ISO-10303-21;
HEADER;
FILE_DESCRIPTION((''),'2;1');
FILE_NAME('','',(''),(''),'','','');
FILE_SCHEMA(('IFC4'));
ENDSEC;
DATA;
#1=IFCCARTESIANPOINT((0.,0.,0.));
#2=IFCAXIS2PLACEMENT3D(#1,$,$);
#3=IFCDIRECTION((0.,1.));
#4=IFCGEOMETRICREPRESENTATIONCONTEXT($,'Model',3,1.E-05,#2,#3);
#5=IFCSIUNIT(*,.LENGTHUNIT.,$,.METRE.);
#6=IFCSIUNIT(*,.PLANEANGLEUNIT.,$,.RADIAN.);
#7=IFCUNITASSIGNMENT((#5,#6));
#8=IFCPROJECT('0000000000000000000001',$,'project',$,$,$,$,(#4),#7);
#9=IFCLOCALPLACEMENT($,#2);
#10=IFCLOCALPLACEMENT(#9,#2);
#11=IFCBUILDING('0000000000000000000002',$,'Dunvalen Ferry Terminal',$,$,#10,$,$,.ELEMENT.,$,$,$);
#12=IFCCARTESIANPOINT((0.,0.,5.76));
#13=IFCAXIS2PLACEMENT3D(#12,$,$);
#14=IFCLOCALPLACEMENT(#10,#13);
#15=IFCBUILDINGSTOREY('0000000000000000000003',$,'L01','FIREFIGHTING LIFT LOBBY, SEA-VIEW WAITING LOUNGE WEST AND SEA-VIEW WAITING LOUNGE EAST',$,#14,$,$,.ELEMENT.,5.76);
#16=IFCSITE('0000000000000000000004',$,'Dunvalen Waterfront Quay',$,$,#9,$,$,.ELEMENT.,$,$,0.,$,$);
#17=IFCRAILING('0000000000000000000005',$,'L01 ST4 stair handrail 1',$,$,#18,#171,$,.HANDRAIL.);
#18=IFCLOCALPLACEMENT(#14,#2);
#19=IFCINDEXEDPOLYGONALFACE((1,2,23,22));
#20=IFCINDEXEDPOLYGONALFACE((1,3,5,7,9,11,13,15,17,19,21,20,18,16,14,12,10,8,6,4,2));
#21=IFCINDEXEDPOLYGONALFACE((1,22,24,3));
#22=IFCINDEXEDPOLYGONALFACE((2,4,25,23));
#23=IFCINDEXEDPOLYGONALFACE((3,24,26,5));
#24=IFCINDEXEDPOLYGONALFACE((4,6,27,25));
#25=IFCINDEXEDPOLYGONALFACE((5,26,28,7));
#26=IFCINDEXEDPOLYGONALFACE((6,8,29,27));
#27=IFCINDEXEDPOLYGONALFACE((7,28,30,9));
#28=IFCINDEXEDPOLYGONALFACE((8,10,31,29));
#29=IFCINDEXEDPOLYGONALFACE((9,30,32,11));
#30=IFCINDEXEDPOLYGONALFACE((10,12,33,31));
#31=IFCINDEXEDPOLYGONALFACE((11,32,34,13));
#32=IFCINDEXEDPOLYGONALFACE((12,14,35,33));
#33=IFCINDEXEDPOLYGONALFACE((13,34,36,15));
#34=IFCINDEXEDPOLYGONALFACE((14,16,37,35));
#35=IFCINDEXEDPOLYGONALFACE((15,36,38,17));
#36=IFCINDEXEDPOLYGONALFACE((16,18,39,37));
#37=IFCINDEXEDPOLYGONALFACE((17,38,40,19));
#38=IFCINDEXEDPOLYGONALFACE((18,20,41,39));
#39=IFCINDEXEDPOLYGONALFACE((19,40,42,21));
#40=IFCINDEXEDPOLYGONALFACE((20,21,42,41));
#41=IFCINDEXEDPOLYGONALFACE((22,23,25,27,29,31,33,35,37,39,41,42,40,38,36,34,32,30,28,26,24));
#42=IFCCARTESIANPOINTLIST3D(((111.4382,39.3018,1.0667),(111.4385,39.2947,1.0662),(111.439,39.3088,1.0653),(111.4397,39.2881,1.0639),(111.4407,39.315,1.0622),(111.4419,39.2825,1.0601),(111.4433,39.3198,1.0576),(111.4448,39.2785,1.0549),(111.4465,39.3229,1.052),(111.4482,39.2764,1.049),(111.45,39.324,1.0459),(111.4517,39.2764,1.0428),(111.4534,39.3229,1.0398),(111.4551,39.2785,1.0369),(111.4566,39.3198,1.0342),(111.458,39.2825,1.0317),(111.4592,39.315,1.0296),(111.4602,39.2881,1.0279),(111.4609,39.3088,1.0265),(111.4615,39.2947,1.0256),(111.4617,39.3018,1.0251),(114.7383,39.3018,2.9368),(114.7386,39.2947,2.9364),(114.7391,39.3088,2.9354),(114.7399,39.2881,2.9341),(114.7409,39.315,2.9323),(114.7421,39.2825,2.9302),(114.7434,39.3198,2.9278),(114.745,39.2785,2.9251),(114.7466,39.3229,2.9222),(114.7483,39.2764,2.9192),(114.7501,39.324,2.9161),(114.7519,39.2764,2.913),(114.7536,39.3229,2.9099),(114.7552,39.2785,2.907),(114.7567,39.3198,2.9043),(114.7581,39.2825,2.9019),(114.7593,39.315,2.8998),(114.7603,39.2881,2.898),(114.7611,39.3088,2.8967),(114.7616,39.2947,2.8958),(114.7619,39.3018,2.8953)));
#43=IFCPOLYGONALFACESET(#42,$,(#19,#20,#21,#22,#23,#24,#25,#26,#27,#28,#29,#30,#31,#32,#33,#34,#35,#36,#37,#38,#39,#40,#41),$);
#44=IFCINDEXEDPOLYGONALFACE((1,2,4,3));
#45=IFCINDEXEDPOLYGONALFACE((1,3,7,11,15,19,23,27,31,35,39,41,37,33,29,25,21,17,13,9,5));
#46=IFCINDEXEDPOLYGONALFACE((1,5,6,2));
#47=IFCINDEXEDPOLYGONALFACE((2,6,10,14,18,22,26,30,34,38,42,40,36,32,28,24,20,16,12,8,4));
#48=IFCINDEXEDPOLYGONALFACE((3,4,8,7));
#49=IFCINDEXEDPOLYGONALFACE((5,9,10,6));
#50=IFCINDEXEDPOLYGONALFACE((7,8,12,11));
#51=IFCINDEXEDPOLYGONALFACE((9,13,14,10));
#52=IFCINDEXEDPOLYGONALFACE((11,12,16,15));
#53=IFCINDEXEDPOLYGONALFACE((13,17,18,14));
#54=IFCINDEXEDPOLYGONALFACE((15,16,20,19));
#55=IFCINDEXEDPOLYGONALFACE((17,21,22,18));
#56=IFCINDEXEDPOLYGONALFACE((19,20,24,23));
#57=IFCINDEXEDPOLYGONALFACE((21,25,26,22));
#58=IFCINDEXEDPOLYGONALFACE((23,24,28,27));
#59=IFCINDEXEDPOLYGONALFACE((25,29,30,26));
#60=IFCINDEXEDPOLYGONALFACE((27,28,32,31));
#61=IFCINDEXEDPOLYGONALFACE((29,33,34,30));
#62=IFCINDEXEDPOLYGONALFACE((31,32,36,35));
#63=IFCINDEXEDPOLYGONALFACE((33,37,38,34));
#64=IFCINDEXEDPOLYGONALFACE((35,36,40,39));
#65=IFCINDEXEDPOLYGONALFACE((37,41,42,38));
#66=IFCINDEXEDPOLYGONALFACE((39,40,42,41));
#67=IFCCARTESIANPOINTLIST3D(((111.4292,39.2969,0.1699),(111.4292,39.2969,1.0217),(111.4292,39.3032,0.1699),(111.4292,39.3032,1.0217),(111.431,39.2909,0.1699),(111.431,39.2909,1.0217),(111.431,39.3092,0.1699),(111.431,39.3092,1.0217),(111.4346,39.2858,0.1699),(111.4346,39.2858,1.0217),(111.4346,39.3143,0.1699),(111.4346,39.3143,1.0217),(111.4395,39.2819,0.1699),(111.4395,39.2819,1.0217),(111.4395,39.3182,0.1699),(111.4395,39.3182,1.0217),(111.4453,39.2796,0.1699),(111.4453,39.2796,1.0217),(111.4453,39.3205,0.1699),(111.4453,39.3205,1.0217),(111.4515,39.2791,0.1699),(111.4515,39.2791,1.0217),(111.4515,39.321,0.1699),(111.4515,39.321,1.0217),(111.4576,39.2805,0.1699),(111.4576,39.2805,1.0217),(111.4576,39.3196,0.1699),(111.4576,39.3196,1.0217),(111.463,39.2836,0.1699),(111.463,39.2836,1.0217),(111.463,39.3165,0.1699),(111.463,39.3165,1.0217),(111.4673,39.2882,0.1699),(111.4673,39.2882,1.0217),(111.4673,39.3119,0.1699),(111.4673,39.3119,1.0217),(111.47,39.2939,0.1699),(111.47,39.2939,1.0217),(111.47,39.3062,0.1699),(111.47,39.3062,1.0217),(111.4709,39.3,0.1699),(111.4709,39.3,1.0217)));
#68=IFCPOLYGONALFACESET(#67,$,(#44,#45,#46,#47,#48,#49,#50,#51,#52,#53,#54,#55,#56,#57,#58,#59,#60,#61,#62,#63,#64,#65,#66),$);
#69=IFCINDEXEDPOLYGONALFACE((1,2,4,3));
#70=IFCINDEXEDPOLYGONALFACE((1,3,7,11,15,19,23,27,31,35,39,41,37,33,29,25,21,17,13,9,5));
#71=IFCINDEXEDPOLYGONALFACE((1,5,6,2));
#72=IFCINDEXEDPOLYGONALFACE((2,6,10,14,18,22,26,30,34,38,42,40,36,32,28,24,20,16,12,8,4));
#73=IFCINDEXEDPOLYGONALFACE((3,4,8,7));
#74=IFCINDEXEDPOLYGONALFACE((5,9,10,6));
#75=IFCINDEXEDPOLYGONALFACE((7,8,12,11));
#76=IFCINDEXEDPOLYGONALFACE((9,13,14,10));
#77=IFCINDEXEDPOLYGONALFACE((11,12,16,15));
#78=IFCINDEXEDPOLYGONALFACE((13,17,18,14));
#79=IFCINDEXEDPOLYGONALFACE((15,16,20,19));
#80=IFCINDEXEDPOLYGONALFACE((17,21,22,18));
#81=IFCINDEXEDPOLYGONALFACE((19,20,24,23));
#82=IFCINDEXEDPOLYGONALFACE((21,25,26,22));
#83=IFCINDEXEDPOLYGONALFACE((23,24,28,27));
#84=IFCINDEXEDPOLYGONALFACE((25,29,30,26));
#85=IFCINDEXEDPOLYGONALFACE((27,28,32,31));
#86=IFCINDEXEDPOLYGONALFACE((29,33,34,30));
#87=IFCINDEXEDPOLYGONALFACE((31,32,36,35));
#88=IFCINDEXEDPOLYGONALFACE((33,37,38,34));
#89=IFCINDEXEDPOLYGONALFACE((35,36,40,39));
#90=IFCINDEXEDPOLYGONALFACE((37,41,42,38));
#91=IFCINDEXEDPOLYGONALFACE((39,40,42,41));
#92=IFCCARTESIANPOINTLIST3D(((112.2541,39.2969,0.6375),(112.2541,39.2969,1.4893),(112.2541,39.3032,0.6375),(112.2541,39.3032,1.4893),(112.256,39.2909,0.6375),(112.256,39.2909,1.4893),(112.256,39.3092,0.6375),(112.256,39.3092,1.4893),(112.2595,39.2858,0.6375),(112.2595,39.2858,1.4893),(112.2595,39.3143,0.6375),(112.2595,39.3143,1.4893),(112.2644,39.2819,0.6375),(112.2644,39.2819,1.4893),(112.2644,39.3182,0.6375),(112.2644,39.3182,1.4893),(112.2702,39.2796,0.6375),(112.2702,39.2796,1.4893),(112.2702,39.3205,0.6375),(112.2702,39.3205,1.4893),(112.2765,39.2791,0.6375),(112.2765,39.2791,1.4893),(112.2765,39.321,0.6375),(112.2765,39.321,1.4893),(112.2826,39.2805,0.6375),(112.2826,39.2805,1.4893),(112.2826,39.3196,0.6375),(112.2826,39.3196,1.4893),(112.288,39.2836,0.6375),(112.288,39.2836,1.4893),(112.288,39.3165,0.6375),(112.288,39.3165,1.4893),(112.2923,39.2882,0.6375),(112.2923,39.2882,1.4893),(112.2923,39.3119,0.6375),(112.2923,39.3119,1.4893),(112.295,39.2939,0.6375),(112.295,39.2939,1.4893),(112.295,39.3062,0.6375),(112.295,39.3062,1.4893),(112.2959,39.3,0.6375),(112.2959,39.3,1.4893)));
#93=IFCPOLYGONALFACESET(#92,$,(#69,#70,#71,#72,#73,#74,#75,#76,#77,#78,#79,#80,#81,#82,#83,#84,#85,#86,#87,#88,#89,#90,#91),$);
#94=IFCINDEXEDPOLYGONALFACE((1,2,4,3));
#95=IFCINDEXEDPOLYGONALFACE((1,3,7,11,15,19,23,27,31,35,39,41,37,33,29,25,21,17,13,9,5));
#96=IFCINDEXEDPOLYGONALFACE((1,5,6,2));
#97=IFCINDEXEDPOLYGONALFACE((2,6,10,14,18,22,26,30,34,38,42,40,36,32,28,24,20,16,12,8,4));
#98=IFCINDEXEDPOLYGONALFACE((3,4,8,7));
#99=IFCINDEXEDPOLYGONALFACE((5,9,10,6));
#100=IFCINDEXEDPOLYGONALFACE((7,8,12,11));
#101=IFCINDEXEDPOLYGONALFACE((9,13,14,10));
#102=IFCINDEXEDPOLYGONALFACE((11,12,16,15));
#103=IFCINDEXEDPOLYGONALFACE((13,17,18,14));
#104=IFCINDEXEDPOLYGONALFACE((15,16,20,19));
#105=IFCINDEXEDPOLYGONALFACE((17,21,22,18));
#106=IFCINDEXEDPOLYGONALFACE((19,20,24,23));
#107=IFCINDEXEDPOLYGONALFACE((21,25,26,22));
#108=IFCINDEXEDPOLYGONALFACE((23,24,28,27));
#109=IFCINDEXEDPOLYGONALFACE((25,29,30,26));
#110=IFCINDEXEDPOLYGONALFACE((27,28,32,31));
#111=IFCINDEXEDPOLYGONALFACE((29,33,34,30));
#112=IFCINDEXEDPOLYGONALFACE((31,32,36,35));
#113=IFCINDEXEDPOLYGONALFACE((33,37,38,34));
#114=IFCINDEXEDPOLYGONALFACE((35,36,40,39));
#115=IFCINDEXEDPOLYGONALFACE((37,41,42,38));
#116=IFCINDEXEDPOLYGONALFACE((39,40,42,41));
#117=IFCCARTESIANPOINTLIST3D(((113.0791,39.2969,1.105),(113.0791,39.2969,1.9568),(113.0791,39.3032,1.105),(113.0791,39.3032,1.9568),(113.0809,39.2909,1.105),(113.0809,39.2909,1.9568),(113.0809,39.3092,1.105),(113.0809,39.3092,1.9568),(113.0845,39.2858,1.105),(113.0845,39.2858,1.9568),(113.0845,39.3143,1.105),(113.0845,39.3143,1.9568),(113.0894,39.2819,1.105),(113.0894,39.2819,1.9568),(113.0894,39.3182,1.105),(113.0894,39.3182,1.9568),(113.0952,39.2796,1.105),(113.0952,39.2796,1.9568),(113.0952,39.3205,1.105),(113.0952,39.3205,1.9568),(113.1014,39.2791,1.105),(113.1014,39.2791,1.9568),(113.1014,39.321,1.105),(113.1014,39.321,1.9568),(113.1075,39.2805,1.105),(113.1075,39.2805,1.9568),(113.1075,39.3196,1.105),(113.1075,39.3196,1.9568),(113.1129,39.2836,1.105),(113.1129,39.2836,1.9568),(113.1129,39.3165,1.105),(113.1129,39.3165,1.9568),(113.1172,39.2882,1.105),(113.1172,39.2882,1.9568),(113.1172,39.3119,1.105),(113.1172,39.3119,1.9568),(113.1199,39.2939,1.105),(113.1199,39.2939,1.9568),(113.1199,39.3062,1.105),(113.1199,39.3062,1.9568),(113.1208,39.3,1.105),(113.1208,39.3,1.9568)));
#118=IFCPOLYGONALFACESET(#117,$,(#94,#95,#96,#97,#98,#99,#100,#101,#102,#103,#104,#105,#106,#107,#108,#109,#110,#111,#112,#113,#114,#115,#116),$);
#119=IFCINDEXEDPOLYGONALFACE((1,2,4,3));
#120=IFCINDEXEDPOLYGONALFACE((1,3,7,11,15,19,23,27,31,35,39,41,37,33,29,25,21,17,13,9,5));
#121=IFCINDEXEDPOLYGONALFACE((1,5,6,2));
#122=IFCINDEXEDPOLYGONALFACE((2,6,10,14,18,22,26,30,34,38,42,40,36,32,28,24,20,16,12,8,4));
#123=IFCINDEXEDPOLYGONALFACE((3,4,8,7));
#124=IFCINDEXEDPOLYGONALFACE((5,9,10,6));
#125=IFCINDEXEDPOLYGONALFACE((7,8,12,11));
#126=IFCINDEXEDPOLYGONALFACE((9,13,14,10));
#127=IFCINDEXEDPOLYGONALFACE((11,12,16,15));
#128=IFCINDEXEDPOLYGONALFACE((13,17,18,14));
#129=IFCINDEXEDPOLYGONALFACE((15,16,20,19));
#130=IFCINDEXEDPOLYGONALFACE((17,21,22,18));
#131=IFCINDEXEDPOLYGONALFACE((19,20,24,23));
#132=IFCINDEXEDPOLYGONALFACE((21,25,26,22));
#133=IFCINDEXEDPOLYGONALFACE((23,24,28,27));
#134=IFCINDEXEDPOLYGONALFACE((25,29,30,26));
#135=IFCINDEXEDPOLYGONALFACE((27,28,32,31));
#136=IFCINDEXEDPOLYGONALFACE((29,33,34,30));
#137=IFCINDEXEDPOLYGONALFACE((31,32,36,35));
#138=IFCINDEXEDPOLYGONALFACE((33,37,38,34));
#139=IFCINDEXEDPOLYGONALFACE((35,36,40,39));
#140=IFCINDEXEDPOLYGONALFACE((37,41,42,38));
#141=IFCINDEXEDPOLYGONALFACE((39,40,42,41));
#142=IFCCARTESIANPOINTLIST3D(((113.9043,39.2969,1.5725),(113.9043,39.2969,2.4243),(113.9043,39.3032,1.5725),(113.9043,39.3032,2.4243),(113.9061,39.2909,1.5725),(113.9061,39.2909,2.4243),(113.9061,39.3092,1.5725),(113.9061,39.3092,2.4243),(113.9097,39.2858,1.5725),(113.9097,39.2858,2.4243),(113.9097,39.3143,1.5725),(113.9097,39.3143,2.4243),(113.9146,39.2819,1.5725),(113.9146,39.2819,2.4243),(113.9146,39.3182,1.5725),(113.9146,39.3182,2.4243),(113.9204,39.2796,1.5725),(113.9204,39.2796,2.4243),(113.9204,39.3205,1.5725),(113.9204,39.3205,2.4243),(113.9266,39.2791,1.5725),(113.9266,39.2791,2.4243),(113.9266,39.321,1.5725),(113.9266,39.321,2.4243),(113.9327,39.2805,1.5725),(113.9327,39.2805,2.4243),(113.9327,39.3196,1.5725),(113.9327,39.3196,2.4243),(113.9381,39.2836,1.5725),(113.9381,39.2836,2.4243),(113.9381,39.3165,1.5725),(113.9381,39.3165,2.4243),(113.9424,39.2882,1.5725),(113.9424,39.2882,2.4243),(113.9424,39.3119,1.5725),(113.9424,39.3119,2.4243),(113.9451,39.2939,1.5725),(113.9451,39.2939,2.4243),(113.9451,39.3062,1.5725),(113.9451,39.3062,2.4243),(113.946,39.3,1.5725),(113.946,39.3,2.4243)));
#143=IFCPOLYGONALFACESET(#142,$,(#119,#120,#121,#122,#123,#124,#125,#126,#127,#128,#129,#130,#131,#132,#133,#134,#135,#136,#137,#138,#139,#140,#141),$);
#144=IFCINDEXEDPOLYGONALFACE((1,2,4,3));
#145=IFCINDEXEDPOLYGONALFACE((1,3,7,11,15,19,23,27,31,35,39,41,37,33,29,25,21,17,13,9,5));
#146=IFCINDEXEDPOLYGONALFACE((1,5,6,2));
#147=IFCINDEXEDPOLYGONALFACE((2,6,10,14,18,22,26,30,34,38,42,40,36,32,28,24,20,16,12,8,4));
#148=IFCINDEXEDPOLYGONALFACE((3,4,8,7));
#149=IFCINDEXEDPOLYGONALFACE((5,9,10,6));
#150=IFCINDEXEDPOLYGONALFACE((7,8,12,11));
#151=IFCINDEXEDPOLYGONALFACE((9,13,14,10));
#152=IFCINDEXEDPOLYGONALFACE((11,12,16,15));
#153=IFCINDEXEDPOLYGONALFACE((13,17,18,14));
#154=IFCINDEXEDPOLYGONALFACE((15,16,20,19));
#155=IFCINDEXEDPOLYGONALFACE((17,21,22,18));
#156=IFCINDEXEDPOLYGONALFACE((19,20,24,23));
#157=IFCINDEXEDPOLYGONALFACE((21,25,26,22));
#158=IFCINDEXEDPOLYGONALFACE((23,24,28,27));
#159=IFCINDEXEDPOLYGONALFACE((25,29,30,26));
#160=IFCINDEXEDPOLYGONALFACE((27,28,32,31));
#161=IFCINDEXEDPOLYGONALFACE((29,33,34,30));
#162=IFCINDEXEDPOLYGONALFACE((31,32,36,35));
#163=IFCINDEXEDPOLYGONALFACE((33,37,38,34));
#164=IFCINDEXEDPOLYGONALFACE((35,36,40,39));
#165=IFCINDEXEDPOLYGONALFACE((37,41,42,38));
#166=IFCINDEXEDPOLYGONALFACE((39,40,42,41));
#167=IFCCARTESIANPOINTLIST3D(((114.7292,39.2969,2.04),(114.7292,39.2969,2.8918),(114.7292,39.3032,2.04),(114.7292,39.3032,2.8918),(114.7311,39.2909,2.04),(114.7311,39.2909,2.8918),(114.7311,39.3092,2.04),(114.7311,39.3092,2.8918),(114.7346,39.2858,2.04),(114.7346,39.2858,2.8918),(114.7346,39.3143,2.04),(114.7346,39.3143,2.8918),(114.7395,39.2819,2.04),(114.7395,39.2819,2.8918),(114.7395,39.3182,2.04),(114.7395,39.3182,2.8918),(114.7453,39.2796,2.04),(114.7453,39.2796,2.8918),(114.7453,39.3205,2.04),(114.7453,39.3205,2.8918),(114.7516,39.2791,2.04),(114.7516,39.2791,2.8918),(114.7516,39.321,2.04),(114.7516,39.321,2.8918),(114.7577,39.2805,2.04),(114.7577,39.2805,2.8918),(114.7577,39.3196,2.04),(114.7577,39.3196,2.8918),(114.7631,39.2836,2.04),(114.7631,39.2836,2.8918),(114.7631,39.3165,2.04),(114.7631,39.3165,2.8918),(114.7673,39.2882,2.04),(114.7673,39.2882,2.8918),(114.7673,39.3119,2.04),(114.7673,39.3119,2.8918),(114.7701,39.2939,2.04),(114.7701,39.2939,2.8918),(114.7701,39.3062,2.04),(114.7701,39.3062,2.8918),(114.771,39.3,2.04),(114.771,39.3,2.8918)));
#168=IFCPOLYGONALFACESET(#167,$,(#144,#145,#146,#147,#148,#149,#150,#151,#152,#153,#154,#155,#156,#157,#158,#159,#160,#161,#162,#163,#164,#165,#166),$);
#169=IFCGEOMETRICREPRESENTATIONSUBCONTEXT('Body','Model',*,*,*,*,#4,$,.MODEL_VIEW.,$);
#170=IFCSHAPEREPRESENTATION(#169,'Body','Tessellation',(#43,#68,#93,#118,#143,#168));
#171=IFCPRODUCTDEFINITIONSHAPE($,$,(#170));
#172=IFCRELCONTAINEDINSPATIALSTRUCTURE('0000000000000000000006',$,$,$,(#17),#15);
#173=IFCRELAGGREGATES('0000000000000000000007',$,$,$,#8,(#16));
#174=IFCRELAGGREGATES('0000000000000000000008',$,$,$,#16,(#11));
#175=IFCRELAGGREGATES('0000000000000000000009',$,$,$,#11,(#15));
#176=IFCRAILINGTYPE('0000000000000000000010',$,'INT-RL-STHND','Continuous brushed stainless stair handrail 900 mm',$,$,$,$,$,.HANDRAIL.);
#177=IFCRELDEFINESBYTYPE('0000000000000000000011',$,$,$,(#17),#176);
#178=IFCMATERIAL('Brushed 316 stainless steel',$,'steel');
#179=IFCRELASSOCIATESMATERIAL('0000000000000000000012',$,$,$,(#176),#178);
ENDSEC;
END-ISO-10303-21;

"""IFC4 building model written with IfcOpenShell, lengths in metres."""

from ifc_helpers import new_model, si_unit, direction, frame, origin, origin_2d, place, context, subcontext, project, spatial, circle, extrude, material, type_object, element, save


model = new_model("IFC4")

# Units and contexts
model_context = context("Model", 3, precision=1e-05, world=origin(), true_north=direction((0.0, 1.0)))
body_context = subcontext(model_context, "Body", "Model", "MODEL_VIEW")
ifc_project = project(units=[si_unit("LENGTHUNIT", "METRE"), si_unit("PLANEANGLEUNIT", "RADIAN")], contexts=[model_context])

# Site, building, storey
site_placement = place(None, origin())
site = spatial("IfcSite", under=ifc_project, at=site_placement, Name="Dunvalen Waterfront Quay", CompositionType="ELEMENT", RefElevation=0.0)
building_placement = place(site_placement, origin())
building = spatial("IfcBuilding", under=site, at=building_placement, Name="Dunvalen Ferry Terminal", CompositionType="ELEMENT")
storey_placement = place(building_placement, frame((0.0, 0.0, 5.76)))
storey = spatial("IfcBuildingStorey", under=building, at=storey_placement, Name="L01", Description="FIREFIGHTING LIFT LOBBY, SEA-VIEW WAITING LOUNGE WEST AND SEA-VIEW WAITING LOUNGE EAST", CompositionType="ELEMENT", Elevation=5.76)

# Railing
ifc_material_1 = material(Name="Brushed 316 stainless steel", Category="steel")
railing_type_1 = type_object("IfcRailingType", Name="INT-RL-STHND", Description="Continuous brushed stainless stair handrail 900 mm", PredefinedType="HANDRAIL", material=ifc_material_1)
railing_1_placement = place(storey_placement, frame((111.45, 39.3, 0.1699)))
element("IfcRailing", 1, at=railing_1_placement, inside=storey, type_object=railing_type_1, Name="L01 ST4 stair handrail 1", PredefinedType="HANDRAIL", context=body_context, shape_type="SweptSolid", body=[
    extrude(circle(Radius=0.0239, at=origin_2d()), frame((0.0, 0.0, 0.876), z_axis=(0.870012, 0.0, 0.49303), x_axis=(0.0, 1.0, 0.0)), (0.0, 0.0, 1.0), 3.7932),
    extrude(circle(Radius=0.021, at=origin_2d()), origin(), (0.0, 0.0, 1.0), 0.8518),
    extrude(circle(Radius=0.021, at=origin_2d()), frame((0.825, 0.0, 0.4675)), (0.0, 0.0, 1.0), 0.8518),
    extrude(circle(Radius=0.021, at=origin_2d()), frame((1.6499, 0.0, 0.9351)), (0.0, 0.0, 1.0), 0.8518),
    extrude(circle(Radius=0.021, at=origin_2d()), frame((2.4751, 0.0, 1.4026)), (0.0, 0.0, 1.0), 0.8518),
    extrude(circle(Radius=0.021, at=origin_2d()), frame((3.3, 0.0, 1.8701)), (0.0, 0.0, 1.0), 0.8518),
])

save(model, "model.ifc")
